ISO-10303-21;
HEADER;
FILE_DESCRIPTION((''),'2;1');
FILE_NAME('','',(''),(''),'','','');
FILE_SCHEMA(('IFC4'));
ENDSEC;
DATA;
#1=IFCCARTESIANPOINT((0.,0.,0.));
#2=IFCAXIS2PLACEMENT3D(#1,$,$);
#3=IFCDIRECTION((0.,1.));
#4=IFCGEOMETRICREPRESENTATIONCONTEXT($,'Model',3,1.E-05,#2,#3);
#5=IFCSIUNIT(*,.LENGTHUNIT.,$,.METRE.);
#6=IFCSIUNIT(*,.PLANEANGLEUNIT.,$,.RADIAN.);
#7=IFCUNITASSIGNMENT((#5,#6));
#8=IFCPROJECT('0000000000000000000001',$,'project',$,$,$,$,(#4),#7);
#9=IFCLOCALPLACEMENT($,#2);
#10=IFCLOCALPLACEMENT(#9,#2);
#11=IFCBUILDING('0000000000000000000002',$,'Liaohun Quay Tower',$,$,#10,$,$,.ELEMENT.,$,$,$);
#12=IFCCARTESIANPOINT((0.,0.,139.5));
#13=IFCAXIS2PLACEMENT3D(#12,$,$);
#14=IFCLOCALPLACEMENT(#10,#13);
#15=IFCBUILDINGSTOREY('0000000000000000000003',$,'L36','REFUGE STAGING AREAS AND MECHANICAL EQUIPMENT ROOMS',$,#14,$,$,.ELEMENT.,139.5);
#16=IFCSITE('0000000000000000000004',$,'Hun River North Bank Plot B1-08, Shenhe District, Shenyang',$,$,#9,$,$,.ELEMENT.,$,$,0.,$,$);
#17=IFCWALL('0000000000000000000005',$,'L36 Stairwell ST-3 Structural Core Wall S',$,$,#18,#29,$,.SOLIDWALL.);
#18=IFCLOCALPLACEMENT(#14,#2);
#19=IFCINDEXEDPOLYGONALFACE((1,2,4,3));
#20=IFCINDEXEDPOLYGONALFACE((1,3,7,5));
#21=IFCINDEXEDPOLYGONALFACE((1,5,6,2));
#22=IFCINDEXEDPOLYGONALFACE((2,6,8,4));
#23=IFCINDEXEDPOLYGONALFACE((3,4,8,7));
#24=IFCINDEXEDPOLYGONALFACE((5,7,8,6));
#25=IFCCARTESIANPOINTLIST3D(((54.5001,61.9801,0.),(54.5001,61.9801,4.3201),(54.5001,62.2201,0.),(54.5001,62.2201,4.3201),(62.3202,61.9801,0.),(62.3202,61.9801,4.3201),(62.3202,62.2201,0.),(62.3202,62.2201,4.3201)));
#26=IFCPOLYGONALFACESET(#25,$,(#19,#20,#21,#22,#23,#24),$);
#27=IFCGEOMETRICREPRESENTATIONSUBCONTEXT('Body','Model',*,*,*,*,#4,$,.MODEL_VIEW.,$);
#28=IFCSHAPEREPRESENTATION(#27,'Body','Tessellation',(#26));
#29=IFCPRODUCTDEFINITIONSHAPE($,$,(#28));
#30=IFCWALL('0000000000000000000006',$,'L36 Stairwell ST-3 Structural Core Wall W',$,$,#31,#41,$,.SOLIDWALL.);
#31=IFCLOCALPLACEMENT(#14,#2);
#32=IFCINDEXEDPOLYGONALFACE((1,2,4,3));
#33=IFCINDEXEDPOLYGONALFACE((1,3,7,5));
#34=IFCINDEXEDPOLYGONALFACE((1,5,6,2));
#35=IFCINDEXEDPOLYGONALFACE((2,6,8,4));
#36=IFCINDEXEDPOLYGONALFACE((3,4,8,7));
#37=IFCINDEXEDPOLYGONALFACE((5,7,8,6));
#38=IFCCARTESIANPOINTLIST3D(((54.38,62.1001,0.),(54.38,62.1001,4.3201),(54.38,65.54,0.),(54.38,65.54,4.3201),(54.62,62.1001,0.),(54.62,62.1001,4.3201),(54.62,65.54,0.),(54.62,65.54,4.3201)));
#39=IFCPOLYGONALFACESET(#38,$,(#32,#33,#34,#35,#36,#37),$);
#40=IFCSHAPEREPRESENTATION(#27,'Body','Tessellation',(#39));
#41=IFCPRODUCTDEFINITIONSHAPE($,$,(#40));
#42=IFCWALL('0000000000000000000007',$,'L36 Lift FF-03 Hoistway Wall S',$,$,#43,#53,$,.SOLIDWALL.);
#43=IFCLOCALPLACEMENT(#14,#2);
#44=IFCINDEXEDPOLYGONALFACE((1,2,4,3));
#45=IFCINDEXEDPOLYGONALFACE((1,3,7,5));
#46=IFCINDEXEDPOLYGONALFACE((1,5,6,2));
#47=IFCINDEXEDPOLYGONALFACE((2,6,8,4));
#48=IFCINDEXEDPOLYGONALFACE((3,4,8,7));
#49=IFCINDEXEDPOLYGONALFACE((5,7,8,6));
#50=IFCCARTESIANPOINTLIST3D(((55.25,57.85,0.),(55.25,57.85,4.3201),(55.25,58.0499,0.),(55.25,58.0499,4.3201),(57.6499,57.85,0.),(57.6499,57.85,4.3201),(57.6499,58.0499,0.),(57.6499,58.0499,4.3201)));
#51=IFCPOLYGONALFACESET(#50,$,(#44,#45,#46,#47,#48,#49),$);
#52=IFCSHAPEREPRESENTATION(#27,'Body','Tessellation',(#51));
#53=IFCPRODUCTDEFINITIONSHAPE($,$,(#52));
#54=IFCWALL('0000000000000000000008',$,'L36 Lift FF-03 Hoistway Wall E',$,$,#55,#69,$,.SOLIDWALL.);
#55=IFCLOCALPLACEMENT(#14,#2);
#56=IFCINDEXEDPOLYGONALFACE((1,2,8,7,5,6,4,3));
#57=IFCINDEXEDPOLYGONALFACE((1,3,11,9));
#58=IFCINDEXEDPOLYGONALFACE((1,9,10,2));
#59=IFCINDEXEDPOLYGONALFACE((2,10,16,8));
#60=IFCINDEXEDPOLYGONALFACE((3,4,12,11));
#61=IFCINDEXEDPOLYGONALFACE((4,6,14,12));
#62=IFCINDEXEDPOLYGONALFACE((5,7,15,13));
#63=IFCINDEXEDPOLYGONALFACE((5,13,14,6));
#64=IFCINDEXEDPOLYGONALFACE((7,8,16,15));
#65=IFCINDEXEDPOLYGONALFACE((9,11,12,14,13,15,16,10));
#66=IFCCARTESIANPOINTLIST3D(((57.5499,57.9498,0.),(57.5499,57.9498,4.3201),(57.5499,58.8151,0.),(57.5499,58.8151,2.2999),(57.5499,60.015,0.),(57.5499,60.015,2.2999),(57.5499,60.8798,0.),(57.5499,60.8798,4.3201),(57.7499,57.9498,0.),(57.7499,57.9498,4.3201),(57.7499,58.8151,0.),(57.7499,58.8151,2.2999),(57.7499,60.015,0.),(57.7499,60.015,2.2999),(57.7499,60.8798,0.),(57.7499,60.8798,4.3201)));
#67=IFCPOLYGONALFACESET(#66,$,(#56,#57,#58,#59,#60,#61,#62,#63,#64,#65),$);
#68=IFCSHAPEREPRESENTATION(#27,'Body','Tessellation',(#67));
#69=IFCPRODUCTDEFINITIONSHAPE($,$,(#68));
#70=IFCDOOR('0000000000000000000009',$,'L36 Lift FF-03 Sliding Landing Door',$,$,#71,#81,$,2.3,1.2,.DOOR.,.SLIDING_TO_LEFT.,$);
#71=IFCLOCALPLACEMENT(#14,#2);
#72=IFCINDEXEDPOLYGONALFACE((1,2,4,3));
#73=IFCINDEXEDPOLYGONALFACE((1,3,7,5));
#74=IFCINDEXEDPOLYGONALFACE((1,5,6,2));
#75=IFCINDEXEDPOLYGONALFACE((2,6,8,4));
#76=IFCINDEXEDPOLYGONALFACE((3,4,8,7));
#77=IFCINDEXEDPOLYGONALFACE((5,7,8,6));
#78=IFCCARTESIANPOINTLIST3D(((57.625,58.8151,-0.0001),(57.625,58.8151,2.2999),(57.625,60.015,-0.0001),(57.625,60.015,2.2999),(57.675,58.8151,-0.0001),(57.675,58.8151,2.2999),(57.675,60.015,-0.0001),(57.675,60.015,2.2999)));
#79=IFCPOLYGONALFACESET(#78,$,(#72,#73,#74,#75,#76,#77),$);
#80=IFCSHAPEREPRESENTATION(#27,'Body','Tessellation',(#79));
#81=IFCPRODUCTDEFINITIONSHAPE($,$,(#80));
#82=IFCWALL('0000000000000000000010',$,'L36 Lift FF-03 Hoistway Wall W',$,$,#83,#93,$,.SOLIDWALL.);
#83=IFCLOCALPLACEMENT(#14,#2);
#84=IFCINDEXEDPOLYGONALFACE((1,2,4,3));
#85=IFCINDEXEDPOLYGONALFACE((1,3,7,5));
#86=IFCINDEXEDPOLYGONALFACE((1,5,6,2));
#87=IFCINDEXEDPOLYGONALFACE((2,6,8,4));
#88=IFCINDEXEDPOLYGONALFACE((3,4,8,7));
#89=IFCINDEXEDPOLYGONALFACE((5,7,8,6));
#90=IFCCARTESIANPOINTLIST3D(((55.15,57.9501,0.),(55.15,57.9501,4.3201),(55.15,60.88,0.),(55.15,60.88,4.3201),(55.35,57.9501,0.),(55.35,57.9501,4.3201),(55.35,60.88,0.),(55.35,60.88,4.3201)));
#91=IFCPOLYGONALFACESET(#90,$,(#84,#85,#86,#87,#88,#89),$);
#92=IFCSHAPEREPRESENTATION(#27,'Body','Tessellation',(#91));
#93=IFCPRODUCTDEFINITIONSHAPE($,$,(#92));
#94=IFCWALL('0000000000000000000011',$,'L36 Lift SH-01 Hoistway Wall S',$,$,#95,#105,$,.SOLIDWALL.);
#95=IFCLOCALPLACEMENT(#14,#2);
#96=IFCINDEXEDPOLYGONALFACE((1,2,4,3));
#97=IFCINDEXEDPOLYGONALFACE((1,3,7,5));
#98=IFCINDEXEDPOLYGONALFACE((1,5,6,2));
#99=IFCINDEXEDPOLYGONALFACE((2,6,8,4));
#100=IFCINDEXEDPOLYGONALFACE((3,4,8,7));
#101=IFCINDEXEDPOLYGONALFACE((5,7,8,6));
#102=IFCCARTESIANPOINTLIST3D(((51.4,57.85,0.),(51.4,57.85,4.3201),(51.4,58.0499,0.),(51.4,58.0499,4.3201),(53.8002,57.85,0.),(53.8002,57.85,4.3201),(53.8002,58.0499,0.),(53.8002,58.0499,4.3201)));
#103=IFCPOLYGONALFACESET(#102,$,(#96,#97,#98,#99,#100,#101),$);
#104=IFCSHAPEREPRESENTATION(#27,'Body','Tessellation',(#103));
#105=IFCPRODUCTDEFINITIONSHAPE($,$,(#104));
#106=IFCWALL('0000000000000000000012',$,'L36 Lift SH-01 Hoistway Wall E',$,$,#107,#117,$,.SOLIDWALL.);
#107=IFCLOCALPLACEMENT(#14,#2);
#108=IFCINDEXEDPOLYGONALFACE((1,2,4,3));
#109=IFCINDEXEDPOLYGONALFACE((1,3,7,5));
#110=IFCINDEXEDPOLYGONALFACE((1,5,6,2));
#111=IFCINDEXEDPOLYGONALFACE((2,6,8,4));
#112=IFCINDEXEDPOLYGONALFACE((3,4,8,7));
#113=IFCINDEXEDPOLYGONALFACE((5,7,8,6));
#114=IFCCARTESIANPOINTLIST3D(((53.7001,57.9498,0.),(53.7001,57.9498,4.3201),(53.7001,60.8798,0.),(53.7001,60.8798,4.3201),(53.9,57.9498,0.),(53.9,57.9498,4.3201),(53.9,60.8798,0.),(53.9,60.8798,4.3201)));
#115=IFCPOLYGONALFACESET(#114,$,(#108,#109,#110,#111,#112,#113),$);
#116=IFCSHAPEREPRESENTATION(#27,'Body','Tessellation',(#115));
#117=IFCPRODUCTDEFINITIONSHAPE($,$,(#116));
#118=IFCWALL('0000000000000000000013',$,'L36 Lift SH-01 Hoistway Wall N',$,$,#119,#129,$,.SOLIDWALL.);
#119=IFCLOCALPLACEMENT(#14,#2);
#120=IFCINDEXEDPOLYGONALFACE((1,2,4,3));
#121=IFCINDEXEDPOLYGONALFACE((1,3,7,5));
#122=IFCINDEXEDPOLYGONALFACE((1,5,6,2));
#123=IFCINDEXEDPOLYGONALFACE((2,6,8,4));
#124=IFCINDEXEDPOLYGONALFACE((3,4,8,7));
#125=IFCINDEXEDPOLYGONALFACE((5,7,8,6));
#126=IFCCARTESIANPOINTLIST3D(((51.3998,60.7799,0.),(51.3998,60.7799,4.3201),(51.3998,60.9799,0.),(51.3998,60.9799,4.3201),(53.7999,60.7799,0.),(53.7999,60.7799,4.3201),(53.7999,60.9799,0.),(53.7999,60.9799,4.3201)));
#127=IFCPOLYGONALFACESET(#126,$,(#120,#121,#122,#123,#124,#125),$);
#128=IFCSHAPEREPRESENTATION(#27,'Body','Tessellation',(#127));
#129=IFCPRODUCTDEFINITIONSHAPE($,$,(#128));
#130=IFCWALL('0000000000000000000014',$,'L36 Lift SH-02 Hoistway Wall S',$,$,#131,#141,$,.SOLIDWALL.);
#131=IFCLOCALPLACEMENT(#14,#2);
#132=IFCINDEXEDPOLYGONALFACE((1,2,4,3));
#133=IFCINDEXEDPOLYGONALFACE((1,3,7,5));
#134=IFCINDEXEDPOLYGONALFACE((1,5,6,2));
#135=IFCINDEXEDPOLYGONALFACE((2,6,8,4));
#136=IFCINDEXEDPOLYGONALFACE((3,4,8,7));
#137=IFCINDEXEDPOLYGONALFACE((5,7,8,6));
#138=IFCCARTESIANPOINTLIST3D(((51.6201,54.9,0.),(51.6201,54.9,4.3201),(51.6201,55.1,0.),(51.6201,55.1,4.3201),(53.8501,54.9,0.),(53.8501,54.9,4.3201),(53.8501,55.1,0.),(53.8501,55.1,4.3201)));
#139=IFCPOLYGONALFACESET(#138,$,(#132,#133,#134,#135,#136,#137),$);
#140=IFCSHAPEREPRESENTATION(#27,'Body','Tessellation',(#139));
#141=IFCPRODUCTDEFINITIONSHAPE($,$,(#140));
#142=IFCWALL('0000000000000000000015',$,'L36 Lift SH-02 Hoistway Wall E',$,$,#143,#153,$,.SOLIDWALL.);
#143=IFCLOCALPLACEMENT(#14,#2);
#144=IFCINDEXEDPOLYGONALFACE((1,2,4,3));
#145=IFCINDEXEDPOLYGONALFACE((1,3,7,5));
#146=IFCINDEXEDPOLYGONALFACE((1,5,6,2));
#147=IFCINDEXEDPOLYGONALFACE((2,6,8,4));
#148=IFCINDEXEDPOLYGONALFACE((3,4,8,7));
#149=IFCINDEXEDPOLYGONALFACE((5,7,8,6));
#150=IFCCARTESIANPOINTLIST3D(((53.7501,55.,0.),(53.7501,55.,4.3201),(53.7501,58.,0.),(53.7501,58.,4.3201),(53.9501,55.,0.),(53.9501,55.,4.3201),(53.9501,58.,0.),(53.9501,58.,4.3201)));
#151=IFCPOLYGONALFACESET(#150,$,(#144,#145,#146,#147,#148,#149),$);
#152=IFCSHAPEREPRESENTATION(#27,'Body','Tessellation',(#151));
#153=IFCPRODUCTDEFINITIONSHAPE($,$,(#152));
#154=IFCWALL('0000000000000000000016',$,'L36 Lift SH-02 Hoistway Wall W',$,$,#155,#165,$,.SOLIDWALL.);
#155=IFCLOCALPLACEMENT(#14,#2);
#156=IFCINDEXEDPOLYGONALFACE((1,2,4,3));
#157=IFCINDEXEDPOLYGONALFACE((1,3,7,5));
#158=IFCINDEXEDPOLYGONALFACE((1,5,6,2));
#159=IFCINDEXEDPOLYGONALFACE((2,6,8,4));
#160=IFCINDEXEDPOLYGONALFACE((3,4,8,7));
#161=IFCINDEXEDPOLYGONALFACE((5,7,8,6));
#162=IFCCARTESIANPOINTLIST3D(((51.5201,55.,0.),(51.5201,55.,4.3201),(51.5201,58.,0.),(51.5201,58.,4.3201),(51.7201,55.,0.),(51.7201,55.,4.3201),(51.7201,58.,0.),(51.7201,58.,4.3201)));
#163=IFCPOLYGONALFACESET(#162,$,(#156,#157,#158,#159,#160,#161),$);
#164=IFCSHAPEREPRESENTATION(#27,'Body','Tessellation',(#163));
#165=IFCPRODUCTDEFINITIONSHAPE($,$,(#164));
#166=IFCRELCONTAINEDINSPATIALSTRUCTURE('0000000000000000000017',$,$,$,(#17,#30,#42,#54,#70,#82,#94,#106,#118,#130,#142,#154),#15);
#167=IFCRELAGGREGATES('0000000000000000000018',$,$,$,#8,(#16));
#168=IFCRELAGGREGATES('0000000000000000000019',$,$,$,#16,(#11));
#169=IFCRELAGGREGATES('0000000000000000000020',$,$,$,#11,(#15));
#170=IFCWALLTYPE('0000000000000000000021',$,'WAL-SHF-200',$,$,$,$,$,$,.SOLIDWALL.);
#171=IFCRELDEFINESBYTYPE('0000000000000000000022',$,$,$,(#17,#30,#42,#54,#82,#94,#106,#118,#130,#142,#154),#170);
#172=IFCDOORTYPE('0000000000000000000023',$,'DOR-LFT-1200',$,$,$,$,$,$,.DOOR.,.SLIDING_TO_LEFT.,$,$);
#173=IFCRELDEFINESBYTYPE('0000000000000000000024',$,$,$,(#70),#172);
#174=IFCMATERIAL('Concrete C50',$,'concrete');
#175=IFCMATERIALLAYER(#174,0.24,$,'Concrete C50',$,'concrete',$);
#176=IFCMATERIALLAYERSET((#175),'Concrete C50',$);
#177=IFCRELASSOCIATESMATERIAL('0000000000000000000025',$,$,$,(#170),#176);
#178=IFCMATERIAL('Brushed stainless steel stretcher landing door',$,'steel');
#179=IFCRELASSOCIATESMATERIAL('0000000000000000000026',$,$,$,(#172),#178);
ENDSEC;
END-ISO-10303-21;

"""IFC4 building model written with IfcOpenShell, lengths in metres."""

from ifc_helpers import new_model, si_unit, direction, frame, frame_2d, origin, place, context, subcontext, project, spatial, rectangle, extrude, source, transform, mapped, material, layer, layer_set, type_object, element, fill, save


model = new_model("IFC4")

# Units and contexts
model_context = context("Model", 3, precision=1e-05, world=origin(), true_north=direction((0.0, 1.0)))
body_context = subcontext(model_context, "Body", "Model", "MODEL_VIEW")
ifc_project = project(units=[si_unit("LENGTHUNIT", "METRE"), si_unit("PLANEANGLEUNIT", "RADIAN")], contexts=[model_context])

# Site, building, storey
site_placement = place(None, origin())
site = spatial("IfcSite", under=ifc_project, at=site_placement, Name="Hun River North Bank Plot B1-08, Shenhe District, Shenyang", CompositionType="ELEMENT", RefElevation=0.0)
building_placement = place(site_placement, origin())
building = spatial("IfcBuilding", under=site, at=building_placement, Name="Liaohun Quay Tower", CompositionType="ELEMENT")
storey_placement = place(building_placement, frame((0.0, 0.0, 139.5)))
storey = spatial("IfcBuildingStorey", under=building, at=storey_placement, Name="L36", Description="REFUGE STAGING AREAS AND MECHANICAL EQUIPMENT ROOMS", CompositionType="ELEMENT", Elevation=139.5)

# Walls
ifc_material_1 = material(Name="Concrete C50", Category="concrete")
ifc_layer_1 = layer(ifc_material_1, 0.24, Name="Concrete C50", Category="concrete")
ifc_layer_set_1 = layer_set([ifc_layer_1], Name="Concrete C50")
wall_type_1 = type_object("IfcWallType", Name="WAL-SHF-200", PredefinedType="SOLIDWALL", material=ifc_layer_set_1)
wall_1_placement = place(storey_placement, frame((54.5, 62.1001, 0.0), z_axis=(0.0, 0.0, 1.0), x_axis=(1.0, 0.0, 0.0)))
element("IfcWall", 1, at=wall_1_placement, inside=storey, type_object=wall_type_1, Name="L36 Stairwell ST-3 Structural Core Wall S", PredefinedType="SOLIDWALL", context=body_context, shape_type="SweptSolid", body=[
    extrude(rectangle(XDim=7.8201, YDim=0.24, at=frame_2d((3.9102, 0.0))), origin(), (0.0, 0.0, 1.0), 4.3201),
])
wall_2_placement = place(storey_placement, frame((54.5, 65.54, 0.0), z_axis=(0.0, 0.0, 1.0), x_axis=(0.0, -1.0, 0.0)))
element("IfcWall", 2, at=wall_2_placement, inside=storey, type_object=wall_type_1, Name="L36 Stairwell ST-3 Structural Core Wall W", PredefinedType="SOLIDWALL", context=body_context, shape_type="SweptSolid", body=[
    extrude(rectangle(XDim=3.4399, YDim=0.24, at=frame_2d((1.72, 0.0))), origin(), (0.0, 0.0, 1.0), 4.3201),
])
wall_3_placement = place(storey_placement, frame((55.25, 57.95, 0.0), z_axis=(0.0, 0.0, 1.0), x_axis=(1.0, 0.0, 0.0)))
element("IfcWall", 3, at=wall_3_placement, inside=storey, type_object=wall_type_1, Name="L36 Lift FF-03 Hoistway Wall S", PredefinedType="SOLIDWALL", context=body_context, shape_type="SweptSolid", body=[
    extrude(rectangle(XDim=2.3999, YDim=0.2, at=frame_2d((1.2, 0.0))), origin(), (0.0, 0.0, 1.0), 4.3201),
])

# Wall, opening, door
wall_4_placement = place(storey_placement, frame((57.6499, 57.95, 0.0), z_axis=(0.0, 0.0, 1.0), x_axis=(0.0, 1.0, 0.0)))
wall_4 = element("IfcWall", 4, at=wall_4_placement, inside=storey, type_object=wall_type_1, Name="L36 Lift FF-03 Hoistway Wall E", PredefinedType="SOLIDWALL", context=body_context, shape_type="SweptSolid", body=[
    extrude(rectangle(XDim=2.9299, YDim=0.2, at=frame_2d((1.4648, 0.0))), origin(), (0.0, 0.0, 1.0), 4.3201),
])
shared_shape_1 = source(origin(), body_context, "Body", "SweptSolid", [
    extrude(rectangle(XDim=1.2, YDim=2.3, at=frame_2d((0.6001, 1.1499))), frame((0.0, 0.1099, 0.0), z_axis=(0.0, -1.0, 0.0), x_axis=(1.0, 0.0, 0.0)), (0.0, 0.0, 1.0), 0.22),
])
opening_1_placement = place(wall_4_placement, frame((0.865, 0.0, 0.0)))
opening_1 = element("IfcOpeningElement", 5, at=opening_1_placement, cuts=wall_4, PredefinedType="OPENING", context=body_context, shape_type="MappedRepresentation", body=[
    mapped(shared_shape_1, transform((0.0, 0.0, 0.0), x_axis=(1.0, 0.0, 0.0), y_axis=(0.0, 1.0, 0.0), z_axis=(0.0, 0.0, 1.0), scale=1.0)),
])
ifc_material_2 = material(Name="Brushed stainless steel stretcher landing door", Category="steel")
door_type_1 = type_object("IfcDoorType", Name="DOR-LFT-1200", OperationType="SLIDING_TO_LEFT", PredefinedType="DOOR", material=ifc_material_2)
shared_shape_2 = source(origin(), body_context, "Body", "SweptSolid", [
    extrude(rectangle(XDim=1.2, YDim=2.3, at=frame_2d((0.6001, 1.1499))), frame((0.0, 0.0249, 0.0), z_axis=(0.0, -1.0, 0.0), x_axis=(1.0, 0.0, 0.0)), (0.0, 0.0, 1.0), 0.05),
])
door_1_placement = place(opening_1_placement, origin())
door_1 = element("IfcDoor", 6, at=door_1_placement, inside=storey, type_object=door_type_1, Name="L36 Lift FF-03 Sliding Landing Door", OperationType="SLIDING_TO_LEFT", OverallHeight=2.3, OverallWidth=1.2, PredefinedType="DOOR", context=body_context, shape_type="MappedRepresentation", body=[
    mapped(shared_shape_2, transform((0.0, 0.0, 0.0), x_axis=(1.0, 0.0, 0.0), y_axis=(0.0, 1.0, 0.0), z_axis=(0.0, 0.0, 1.0), scale=1.0)),
])
fill(opening_1, door_1)

# Walls
wall_5_placement = place(storey_placement, frame((55.25, 60.8799, 0.0), z_axis=(0.0, 0.0, 1.0), x_axis=(0.0, -1.0, 0.0)))
element("IfcWall", 7, at=wall_5_placement, inside=storey, type_object=wall_type_1, Name="L36 Lift FF-03 Hoistway Wall W", PredefinedType="SOLIDWALL", context=body_context, shape_type="SweptSolid", body=[
    extrude(rectangle(XDim=2.9299, YDim=0.2, at=frame_2d((1.4648, 0.0))), origin(), (0.0, 0.0, 1.0), 4.3201),
])
wall_6_placement = place(storey_placement, frame((51.3999, 57.95, 0.0), z_axis=(0.0, 0.0, 1.0), x_axis=(1.0, 0.0, 0.0)))
element("IfcWall", 8, at=wall_6_placement, inside=storey, type_object=wall_type_1, Name="L36 Lift SH-01 Hoistway Wall S", PredefinedType="SOLIDWALL", context=body_context, shape_type="SweptSolid", body=[
    extrude(rectangle(XDim=2.4001, YDim=0.2, at=frame_2d((1.2002, 0.0))), origin(), (0.0, 0.0, 1.0), 4.3201),
])
wall_7_placement = place(storey_placement, frame((53.8, 57.95, 0.0), z_axis=(0.0, 0.0, 1.0), x_axis=(0.0, 1.0, 0.0)))
element("IfcWall", 9, at=wall_7_placement, inside=storey, type_object=wall_type_1, Name="L36 Lift SH-01 Hoistway Wall E", PredefinedType="SOLIDWALL", context=body_context, shape_type="SweptSolid", body=[
    extrude(rectangle(XDim=2.9299, YDim=0.2, at=frame_2d((1.4648, 0.0))), origin(), (0.0, 0.0, 1.0), 4.3201),
])
wall_8_placement = place(storey_placement, frame((53.8, 60.8799, 0.0), z_axis=(0.0, 0.0, 1.0), x_axis=(-1.0, 0.0, 0.0)))
element("IfcWall", 10, at=wall_8_placement, inside=storey, type_object=wall_type_1, Name="L36 Lift SH-01 Hoistway Wall N", PredefinedType="SOLIDWALL", context=body_context, shape_type="SweptSolid", body=[
    extrude(rectangle(XDim=2.4001, YDim=0.2, at=frame_2d((1.2002, 0.0))), origin(), (0.0, 0.0, 1.0), 4.3201),
])
wall_9_placement = place(storey_placement, frame((51.6201, 55.0, 0.0), z_axis=(0.0, 0.0, 1.0), x_axis=(1.0, 0.0, 0.0)))
element("IfcWall", 11, at=wall_9_placement, inside=storey, type_object=wall_type_1, Name="L36 Lift SH-02 Hoistway Wall S", PredefinedType="SOLIDWALL", context=body_context, shape_type="SweptSolid", body=[
    extrude(rectangle(XDim=2.23, YDim=0.2, at=frame_2d((1.115, 0.0))), origin(), (0.0, 0.0, 1.0), 4.3201),
])
for number, where, z_axis, x_axis, name in (
    (12, (53.8501, 55.0, 0.0), (0.0, 0.0, 1.0), (0.0, 1.0, 0.0), "L36 Lift SH-02 Hoistway Wall E"),
    (13, (51.6201, 58.0, 0.0), (0.0, 0.0, 1.0), (0.0, -1.0, 0.0), "L36 Lift SH-02 Hoistway Wall W"),
):
    element("IfcWall", number, at=place(storey_placement, frame(where, z_axis=z_axis, x_axis=x_axis)), inside=storey, type_object=wall_type_1, Name=name, PredefinedType="SOLIDWALL", context=body_context, shape_type="SweptSolid", body=[
        extrude(rectangle(XDim=3.0, YDim=0.2, at=frame_2d((1.5, 0.0))), origin(), (0.0, 0.0, 1.0), 4.3201),
    ])

save(model, "model.ifc")
